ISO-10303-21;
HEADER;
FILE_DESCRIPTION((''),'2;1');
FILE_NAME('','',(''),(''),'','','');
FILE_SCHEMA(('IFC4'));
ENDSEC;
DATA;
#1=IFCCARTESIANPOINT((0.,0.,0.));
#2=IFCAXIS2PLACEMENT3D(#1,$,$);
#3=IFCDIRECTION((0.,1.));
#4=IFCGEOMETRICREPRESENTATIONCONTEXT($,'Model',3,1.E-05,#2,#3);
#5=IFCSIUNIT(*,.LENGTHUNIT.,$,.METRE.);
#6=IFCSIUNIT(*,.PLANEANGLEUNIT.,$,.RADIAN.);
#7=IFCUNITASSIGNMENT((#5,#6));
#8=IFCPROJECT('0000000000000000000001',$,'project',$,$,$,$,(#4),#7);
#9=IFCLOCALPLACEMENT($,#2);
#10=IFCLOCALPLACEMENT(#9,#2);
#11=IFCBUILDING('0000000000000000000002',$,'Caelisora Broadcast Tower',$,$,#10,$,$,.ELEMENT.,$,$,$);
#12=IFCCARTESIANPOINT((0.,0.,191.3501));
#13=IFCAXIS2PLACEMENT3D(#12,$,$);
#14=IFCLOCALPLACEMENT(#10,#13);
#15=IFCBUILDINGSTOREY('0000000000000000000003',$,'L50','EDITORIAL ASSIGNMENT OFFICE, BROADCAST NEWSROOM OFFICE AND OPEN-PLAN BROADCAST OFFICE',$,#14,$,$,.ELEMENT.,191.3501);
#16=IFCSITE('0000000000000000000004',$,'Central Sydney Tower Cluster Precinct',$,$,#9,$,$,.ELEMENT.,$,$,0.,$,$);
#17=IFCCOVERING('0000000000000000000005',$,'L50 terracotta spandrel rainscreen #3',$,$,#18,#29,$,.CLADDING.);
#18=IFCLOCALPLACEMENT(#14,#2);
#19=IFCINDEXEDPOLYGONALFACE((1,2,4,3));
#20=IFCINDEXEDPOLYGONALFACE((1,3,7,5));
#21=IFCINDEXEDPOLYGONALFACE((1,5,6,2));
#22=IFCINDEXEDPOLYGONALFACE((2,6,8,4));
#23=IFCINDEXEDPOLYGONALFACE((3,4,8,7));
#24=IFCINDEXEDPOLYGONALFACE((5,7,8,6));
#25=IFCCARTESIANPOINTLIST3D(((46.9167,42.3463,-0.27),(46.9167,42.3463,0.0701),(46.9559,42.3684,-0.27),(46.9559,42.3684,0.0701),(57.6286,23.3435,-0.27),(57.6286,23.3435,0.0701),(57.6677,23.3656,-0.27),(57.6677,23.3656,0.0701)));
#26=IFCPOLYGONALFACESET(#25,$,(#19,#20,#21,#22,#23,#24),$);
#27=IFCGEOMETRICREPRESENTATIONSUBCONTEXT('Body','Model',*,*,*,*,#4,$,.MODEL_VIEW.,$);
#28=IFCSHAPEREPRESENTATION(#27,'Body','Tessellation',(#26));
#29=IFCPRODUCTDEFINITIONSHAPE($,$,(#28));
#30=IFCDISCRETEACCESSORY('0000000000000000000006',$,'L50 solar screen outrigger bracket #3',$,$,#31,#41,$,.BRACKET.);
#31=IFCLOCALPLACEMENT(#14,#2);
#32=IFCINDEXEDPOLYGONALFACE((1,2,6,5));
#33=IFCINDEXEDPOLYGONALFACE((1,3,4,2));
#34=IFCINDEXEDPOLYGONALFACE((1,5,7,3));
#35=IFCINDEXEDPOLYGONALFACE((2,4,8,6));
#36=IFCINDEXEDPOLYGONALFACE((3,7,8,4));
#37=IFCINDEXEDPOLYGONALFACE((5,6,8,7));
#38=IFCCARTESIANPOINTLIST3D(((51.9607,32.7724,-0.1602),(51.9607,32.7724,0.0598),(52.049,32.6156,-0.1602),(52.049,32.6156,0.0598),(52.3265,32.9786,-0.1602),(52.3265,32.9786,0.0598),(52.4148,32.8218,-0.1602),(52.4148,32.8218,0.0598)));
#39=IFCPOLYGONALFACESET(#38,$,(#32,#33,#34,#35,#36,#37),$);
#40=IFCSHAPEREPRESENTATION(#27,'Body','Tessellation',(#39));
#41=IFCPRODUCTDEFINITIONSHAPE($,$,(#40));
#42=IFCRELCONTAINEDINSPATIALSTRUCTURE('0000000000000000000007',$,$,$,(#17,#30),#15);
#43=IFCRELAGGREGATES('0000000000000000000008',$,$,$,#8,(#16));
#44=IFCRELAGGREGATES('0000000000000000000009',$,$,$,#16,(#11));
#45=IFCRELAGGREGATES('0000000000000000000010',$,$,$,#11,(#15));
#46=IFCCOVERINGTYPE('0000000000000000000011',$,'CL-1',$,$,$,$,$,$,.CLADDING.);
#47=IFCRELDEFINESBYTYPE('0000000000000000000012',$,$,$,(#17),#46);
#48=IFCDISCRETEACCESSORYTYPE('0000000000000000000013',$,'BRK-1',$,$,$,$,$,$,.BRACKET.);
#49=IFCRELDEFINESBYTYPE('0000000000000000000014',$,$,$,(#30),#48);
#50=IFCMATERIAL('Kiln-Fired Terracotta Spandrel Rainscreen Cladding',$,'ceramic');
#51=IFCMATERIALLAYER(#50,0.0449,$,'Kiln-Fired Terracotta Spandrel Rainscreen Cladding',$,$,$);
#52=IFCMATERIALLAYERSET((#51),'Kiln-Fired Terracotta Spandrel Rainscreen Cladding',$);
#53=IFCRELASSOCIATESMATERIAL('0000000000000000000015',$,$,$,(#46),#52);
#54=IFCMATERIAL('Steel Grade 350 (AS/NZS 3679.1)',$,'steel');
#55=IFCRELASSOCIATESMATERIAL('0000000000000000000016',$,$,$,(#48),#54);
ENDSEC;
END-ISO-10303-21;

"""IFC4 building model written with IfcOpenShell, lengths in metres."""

from ifc_helpers import new_model, si_unit, direction, frame, origin, origin_2d, place, context, subcontext, project, spatial, rectangle, extrude, source, transform, mapped, material, layer, layer_set, type_object, type_shapes, element, save


model = new_model("IFC4")

# Units and contexts
model_context = context("Model", 3, precision=1e-05, world=origin(), true_north=direction((0.0, 1.0)))
body_context = subcontext(model_context, "Body", "Model", "MODEL_VIEW")
ifc_project = project(units=[si_unit("LENGTHUNIT", "METRE"), si_unit("PLANEANGLEUNIT", "RADIAN")], contexts=[model_context])

# Site, building, storey
site_placement = place(None, origin())
site = spatial("IfcSite", under=ifc_project, at=site_placement, Name="Central Sydney Tower Cluster Precinct", CompositionType="ELEMENT", RefElevation=0.0)
building_placement = place(site_placement, origin())
building = spatial("IfcBuilding", under=site, at=building_placement, Name="Caelisora Broadcast Tower", CompositionType="ELEMENT")
storey_placement = place(building_placement, frame((0.0, 0.0, 191.3501)))
storey = spatial("IfcBuildingStorey", under=building, at=storey_placement, Name="L50", Description="EDITORIAL ASSIGNMENT OFFICE, BROADCAST NEWSROOM OFFICE AND OPEN-PLAN BROADCAST OFFICE", CompositionType="ELEMENT", Elevation=191.3501)

# Shared definitions
ifc_material_1 = material(Name="Steel Grade 350 (AS/NZS 3679.1)", Category="steel")

# Covering
ifc_material_2 = material(Name="Kiln-Fired Terracotta Spandrel Rainscreen Cladding", Category="ceramic")
ifc_layer_1 = layer(ifc_material_2, 0.0449, Name="Kiln-Fired Terracotta Spandrel Rainscreen Cladding")
ifc_layer_set_1 = layer_set([ifc_layer_1], Name="Kiln-Fired Terracotta Spandrel Rainscreen Cladding")
covering_type = type_object("IfcCoveringType", Name="CL-1", PredefinedType="CLADDING", material=ifc_layer_set_1)
shared_shape_1 = source(origin(), body_context, "Body", "SweptSolid", [
    extrude(rectangle(XDim=21.814, YDim=0.0449, at=origin_2d()), origin(), (0.0, 0.0, 1.0), 0.3401),
])
type_shapes(covering_type, [shared_shape_1])
covering_placement = place(storey_placement, frame((52.2922, 32.856, -0.27), z_axis=(0.0, 0.0, 1.0), x_axis=(-0.491056, 0.871128, 0.0)))
element("IfcCovering", 1, at=covering_placement, inside=storey, type_object=covering_type, Name="L50 terracotta spandrel rainscreen #3", PredefinedType="CLADDING", context=body_context, shape_type="MappedRepresentation", body=[
    mapped(shared_shape_1, transform((0.0, 0.0, 0.0), scale=1.0)),
])

# Discrete accessory
discrete_accessory_type = type_object("IfcDiscreteAccessoryType", Name="BRK-1", PredefinedType="BRACKET", material=ifc_material_1)
shared_shape_2 = source(origin(), body_context, "Body", "SweptSolid", [
    extrude(rectangle(XDim=0.1799, YDim=0.4199, at=origin_2d()), origin(), (0.0, 0.0, 1.0), 0.22),
])
type_shapes(discrete_accessory_type, [shared_shape_2])
discrete_accessory_placement = place(storey_placement, frame((52.1877, 32.7971, -0.1602), z_axis=(0.0, 0.0, 1.0), x_axis=(-0.491056, 0.871128, 0.0)))
element("IfcDiscreteAccessory", 2, at=discrete_accessory_placement, inside=storey, type_object=discrete_accessory_type, Name="L50 solar screen outrigger bracket #3", PredefinedType="BRACKET", context=body_context, shape_type="MappedRepresentation", body=[
    mapped(shared_shape_2, transform((0.0, 0.0, 0.0), scale=1.0)),
])

save(model, "model.ifc")
